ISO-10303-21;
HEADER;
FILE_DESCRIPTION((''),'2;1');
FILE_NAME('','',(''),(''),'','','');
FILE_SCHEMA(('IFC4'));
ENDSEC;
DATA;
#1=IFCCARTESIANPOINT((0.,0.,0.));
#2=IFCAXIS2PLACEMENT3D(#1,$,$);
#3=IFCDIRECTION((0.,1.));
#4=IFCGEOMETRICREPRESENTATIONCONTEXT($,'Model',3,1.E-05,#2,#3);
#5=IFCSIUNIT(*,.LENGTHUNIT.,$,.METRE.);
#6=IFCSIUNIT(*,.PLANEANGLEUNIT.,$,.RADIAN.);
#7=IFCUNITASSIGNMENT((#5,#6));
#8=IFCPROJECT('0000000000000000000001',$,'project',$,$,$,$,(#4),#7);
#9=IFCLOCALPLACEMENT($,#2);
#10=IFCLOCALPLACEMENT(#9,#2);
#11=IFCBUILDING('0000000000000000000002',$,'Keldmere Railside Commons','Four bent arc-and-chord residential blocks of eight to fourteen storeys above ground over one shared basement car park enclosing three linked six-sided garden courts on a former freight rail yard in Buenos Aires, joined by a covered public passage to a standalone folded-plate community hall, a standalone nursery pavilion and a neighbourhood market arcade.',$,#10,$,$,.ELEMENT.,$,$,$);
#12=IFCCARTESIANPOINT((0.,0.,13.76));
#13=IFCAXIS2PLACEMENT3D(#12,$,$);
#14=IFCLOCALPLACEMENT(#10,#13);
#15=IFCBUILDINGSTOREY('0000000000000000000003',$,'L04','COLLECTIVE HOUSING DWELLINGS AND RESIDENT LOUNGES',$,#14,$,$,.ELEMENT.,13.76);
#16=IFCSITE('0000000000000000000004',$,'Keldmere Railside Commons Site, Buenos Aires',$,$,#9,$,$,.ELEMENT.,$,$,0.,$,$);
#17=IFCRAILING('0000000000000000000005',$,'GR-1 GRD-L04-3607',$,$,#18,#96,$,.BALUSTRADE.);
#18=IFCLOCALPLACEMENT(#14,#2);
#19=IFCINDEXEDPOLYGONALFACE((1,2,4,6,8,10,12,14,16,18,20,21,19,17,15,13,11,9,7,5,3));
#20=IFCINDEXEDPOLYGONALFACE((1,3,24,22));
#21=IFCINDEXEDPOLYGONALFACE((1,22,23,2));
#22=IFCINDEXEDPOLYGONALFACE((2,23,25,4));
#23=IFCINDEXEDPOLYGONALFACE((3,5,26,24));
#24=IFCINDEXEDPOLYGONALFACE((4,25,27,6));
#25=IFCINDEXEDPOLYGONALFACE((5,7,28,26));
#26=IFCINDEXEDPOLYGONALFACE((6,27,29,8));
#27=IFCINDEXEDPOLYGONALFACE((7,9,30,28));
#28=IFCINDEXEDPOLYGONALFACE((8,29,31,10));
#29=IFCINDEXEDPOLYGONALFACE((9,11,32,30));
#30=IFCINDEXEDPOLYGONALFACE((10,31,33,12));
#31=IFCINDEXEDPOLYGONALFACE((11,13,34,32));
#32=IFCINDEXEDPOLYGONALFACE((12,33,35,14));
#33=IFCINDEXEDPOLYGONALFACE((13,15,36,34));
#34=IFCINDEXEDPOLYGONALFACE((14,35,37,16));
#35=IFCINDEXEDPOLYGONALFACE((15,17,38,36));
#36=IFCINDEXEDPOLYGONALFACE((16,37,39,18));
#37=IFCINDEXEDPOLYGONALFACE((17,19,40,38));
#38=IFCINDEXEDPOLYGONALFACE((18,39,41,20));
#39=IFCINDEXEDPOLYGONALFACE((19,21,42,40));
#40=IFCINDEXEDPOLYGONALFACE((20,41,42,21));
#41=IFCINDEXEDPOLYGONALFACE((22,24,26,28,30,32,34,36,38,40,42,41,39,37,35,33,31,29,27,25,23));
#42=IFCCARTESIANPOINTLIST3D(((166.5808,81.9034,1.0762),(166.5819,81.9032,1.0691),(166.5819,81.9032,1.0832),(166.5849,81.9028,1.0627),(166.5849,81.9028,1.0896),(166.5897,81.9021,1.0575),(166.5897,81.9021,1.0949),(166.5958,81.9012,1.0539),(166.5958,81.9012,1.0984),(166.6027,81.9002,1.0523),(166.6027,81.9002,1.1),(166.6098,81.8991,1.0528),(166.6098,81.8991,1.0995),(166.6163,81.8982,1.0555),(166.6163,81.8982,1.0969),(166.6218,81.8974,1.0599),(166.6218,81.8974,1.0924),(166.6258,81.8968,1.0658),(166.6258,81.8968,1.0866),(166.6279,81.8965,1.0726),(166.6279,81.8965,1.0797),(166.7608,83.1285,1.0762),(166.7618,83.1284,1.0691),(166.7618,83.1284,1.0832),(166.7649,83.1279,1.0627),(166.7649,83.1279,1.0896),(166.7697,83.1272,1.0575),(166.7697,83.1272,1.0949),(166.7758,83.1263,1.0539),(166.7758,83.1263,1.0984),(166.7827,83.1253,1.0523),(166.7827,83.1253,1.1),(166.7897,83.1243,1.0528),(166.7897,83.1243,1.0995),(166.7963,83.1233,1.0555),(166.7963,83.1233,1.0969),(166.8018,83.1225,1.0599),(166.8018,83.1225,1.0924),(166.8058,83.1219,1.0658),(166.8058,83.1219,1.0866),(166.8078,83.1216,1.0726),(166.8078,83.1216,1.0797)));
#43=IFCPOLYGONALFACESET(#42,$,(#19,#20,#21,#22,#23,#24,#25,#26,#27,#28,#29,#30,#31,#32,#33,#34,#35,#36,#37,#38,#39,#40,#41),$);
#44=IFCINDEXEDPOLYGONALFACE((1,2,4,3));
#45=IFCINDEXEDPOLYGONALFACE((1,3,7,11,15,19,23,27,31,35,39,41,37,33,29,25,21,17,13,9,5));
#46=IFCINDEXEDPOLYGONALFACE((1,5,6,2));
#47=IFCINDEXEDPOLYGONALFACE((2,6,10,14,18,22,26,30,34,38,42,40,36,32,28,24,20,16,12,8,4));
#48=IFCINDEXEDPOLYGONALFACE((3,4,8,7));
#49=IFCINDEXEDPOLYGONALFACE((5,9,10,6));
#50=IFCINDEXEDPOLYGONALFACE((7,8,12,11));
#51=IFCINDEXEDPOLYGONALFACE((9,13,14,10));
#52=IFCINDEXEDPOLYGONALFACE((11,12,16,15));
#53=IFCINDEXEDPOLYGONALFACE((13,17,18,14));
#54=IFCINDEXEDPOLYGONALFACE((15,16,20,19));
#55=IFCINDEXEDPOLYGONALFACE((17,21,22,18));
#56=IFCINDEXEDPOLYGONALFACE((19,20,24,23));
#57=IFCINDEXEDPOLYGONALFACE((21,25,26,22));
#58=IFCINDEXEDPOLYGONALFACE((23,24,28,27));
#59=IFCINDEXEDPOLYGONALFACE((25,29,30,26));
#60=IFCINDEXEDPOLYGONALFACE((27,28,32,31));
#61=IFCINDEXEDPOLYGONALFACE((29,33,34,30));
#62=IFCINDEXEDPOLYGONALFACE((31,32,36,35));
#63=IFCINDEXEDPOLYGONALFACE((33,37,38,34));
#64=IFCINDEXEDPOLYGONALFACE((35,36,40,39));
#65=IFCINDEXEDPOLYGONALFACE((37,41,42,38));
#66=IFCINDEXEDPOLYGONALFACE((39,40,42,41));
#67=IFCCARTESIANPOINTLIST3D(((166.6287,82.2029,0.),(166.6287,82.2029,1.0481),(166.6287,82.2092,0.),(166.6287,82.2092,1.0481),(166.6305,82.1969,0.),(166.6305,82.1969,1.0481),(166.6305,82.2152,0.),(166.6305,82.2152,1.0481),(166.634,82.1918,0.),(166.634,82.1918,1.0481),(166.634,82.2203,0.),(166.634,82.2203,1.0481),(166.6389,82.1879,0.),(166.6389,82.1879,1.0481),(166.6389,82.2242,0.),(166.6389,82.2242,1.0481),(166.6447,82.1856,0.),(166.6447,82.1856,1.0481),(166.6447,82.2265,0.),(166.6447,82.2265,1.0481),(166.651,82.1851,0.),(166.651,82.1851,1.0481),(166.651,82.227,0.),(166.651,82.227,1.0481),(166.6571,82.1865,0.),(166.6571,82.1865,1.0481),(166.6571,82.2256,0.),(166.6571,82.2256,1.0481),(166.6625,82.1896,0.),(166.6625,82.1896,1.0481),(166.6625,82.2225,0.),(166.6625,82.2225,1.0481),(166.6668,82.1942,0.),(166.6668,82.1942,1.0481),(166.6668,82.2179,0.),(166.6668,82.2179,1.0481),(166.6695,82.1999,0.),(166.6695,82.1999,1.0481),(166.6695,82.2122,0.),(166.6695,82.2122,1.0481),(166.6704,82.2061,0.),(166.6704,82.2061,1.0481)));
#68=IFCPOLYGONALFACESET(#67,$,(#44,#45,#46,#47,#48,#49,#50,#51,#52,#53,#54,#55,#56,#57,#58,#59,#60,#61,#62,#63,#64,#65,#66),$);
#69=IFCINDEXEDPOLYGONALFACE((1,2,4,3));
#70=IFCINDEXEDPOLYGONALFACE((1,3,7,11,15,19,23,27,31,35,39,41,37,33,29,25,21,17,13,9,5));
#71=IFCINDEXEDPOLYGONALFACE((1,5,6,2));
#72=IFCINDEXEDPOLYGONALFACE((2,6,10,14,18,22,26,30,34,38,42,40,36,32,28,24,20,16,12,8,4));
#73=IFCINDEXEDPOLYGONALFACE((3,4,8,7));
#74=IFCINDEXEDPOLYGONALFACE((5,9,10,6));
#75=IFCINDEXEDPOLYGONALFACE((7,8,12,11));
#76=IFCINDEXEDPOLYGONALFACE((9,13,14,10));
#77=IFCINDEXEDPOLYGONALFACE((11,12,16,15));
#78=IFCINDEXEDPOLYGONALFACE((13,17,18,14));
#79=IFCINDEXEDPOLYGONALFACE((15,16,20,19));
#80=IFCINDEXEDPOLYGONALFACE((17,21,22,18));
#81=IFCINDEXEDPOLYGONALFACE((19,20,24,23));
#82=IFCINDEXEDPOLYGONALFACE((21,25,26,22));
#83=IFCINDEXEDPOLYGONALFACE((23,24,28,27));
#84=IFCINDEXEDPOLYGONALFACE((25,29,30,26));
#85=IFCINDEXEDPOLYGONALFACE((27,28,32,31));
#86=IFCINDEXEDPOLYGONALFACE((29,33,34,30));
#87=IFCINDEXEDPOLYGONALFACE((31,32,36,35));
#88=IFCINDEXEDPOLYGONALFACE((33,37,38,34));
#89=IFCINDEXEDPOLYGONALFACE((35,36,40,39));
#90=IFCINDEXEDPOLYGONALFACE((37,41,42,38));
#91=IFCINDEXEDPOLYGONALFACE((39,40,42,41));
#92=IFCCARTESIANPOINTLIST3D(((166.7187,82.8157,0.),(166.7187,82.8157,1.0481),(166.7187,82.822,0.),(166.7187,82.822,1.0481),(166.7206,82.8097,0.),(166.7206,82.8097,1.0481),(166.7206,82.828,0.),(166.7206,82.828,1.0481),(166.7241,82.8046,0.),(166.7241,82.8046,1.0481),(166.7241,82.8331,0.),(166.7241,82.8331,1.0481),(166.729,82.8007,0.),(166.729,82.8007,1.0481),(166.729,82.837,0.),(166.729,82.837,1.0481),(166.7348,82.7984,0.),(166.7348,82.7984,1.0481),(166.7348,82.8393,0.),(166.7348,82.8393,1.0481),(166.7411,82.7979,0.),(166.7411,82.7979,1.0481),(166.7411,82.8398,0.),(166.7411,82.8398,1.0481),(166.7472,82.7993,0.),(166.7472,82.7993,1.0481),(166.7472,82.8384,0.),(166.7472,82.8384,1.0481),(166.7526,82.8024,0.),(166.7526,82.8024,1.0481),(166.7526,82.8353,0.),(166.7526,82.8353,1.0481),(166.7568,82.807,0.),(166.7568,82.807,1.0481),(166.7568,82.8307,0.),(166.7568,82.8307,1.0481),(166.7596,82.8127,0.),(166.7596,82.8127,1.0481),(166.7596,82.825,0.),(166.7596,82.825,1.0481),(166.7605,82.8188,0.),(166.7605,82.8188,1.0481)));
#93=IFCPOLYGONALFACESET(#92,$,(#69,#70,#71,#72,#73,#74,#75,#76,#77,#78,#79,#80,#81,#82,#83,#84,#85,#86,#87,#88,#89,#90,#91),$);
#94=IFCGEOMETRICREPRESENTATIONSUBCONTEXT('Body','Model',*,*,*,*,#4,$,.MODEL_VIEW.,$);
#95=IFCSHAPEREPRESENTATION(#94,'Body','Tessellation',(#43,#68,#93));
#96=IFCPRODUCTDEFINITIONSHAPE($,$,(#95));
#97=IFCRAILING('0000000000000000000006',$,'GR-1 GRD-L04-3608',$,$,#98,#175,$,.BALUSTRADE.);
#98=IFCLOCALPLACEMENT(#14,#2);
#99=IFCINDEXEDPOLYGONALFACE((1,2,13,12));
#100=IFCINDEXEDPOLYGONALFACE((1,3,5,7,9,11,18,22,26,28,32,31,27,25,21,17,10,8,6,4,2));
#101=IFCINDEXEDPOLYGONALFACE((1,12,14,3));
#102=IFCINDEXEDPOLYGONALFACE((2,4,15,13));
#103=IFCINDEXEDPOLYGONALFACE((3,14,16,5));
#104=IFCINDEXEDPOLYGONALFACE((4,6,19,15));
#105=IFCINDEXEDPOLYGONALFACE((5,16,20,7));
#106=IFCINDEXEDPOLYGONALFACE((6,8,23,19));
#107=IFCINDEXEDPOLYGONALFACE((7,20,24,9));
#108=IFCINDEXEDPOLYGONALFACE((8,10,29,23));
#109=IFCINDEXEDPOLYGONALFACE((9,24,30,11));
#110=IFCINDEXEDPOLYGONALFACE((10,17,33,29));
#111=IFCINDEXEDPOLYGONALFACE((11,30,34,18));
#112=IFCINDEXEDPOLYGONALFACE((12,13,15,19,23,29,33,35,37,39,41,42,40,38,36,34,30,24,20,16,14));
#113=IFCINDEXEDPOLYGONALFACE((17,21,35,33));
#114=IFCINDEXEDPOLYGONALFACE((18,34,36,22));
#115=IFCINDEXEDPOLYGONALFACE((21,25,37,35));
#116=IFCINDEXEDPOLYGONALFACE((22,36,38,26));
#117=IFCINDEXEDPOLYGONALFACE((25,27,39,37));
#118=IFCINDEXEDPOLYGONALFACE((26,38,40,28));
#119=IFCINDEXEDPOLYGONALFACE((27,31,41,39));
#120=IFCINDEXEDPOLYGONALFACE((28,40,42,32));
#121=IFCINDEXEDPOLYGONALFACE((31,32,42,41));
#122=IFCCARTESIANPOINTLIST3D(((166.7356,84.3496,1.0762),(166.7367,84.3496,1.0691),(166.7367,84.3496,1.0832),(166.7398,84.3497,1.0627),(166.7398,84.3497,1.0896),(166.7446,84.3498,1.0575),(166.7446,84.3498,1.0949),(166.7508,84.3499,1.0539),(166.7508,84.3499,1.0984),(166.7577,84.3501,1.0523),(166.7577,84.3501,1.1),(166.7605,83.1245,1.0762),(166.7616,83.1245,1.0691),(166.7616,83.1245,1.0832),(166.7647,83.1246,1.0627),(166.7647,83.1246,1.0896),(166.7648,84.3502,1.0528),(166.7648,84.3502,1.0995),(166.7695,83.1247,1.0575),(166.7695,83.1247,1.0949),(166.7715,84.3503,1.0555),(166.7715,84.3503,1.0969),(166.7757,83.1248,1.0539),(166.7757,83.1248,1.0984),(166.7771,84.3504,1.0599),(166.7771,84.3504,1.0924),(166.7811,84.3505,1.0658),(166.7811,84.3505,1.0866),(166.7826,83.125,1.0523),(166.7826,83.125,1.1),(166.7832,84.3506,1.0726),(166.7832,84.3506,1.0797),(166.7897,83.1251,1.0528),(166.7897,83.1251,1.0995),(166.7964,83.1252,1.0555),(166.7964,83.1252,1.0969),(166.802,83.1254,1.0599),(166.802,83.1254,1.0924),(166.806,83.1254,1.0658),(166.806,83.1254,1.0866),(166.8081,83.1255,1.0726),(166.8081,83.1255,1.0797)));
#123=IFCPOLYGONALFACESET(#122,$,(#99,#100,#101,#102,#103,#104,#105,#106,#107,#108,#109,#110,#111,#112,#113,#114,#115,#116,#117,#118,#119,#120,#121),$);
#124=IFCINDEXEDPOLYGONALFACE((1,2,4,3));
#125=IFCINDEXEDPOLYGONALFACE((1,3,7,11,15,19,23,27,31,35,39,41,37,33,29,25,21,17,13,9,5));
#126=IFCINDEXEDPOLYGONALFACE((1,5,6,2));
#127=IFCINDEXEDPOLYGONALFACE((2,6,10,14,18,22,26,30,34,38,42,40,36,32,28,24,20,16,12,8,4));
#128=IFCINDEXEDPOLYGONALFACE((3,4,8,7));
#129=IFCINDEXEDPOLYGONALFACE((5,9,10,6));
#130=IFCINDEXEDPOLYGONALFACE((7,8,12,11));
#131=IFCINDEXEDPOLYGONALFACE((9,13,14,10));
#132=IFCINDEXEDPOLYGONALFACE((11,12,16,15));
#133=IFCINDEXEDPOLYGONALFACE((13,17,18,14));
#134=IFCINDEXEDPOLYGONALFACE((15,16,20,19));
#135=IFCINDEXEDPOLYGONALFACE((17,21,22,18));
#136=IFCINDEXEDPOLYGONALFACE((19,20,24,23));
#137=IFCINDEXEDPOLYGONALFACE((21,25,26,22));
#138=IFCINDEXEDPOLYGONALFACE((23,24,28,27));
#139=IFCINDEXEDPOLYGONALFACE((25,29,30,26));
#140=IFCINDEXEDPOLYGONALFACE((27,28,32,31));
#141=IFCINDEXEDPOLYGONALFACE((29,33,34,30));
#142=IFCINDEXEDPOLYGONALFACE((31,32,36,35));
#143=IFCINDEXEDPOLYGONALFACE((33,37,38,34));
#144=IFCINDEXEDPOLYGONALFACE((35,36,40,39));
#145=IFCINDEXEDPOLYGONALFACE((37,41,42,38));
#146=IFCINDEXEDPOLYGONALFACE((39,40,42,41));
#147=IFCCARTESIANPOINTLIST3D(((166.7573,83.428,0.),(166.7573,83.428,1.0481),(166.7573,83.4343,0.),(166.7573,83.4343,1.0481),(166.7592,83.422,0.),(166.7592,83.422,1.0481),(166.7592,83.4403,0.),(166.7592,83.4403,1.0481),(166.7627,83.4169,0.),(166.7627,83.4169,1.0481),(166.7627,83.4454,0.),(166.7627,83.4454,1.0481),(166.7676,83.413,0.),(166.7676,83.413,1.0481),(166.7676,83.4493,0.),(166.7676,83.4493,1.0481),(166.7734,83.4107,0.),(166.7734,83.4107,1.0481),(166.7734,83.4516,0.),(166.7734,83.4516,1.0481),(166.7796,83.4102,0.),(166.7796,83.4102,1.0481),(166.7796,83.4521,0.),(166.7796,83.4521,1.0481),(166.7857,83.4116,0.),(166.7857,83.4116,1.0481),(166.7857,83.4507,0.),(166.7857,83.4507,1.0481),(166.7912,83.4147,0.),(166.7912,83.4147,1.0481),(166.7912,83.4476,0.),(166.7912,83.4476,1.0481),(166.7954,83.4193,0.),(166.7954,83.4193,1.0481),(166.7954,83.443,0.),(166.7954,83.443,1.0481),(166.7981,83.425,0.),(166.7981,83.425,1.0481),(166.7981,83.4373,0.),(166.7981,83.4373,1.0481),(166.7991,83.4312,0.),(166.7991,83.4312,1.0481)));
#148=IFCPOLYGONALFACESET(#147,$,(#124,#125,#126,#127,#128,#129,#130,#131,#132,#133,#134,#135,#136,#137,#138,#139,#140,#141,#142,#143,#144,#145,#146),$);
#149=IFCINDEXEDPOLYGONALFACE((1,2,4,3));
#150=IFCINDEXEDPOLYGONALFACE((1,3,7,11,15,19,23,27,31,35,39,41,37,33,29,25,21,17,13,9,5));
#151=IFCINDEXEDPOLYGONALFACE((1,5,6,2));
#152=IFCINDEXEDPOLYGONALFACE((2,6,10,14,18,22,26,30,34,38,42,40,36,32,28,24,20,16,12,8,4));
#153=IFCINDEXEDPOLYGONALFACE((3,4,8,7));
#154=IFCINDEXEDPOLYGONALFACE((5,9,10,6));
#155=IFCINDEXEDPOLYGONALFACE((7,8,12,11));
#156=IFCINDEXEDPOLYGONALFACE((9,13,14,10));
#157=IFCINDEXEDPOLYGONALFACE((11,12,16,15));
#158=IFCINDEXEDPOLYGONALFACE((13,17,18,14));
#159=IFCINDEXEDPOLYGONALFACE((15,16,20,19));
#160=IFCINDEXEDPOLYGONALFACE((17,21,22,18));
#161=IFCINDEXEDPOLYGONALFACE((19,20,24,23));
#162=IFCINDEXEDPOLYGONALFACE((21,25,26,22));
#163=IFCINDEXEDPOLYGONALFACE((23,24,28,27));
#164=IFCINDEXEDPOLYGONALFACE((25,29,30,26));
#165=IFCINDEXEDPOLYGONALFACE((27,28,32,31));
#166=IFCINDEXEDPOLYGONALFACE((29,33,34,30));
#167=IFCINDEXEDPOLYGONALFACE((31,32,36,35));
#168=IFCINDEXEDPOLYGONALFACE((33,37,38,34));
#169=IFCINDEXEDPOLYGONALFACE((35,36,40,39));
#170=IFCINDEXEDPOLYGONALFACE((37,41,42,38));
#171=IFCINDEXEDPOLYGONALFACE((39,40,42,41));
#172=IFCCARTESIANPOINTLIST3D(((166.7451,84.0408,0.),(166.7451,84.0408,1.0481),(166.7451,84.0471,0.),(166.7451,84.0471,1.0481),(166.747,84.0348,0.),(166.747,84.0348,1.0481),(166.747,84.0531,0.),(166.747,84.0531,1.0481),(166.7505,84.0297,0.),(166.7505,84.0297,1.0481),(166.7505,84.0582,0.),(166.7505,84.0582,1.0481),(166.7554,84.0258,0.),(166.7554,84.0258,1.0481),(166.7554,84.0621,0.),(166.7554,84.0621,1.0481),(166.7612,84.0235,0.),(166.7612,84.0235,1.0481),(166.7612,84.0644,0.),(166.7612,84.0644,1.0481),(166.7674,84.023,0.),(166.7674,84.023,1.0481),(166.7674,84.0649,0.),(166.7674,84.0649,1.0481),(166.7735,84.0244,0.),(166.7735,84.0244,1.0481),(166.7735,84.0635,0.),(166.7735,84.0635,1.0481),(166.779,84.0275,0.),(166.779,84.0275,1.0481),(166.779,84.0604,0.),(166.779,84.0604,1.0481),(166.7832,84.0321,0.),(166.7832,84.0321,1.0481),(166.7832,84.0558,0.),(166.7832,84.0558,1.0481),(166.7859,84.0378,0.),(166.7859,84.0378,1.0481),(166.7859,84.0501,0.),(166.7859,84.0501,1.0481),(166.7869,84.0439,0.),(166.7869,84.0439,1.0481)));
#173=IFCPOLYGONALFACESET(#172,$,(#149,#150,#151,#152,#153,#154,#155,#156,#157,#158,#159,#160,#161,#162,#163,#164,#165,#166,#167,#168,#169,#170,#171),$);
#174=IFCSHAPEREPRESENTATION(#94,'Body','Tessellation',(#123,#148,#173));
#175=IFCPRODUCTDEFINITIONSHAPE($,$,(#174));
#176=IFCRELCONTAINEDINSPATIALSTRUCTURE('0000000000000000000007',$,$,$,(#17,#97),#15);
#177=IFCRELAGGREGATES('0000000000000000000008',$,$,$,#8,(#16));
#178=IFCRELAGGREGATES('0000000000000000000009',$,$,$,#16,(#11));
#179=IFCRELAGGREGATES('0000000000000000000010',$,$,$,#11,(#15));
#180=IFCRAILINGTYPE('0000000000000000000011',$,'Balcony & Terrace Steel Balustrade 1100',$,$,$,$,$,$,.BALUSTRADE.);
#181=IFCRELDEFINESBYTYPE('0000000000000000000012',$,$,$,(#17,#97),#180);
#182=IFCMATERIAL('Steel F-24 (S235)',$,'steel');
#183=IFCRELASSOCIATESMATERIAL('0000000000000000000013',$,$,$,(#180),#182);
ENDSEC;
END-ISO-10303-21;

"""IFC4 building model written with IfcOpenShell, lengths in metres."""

from ifc_helpers import new_model, si_unit, direction, frame, origin, origin_2d, place, context, subcontext, project, spatial, circle, extrude, material, type_object, element, save


model = new_model("IFC4")

# Units and contexts
model_context = context("Model", 3, precision=1e-05, world=origin(), true_north=direction((0.0, 1.0)))
body_context = subcontext(model_context, "Body", "Model", "MODEL_VIEW")
ifc_project = project(units=[si_unit("LENGTHUNIT", "METRE"), si_unit("PLANEANGLEUNIT", "RADIAN")], contexts=[model_context])

# Site, building, storey
site_placement = place(None, origin())
site = spatial("IfcSite", under=ifc_project, at=site_placement, Name="Keldmere Railside Commons Site, Buenos Aires", CompositionType="ELEMENT", RefElevation=0.0)
building_placement = place(site_placement, origin())
building = spatial("IfcBuilding", under=site, at=building_placement, Name="Keldmere Railside Commons", Description="Four bent arc-and-chord residential blocks of eight to fourteen storeys above ground over one shared basement car park enclosing three linked six-sided garden courts on a former freight rail yard in Buenos Aires, joined by a covered public passage to a standalone folded-plate community hall, a standalone nursery pavilion and a neighbourhood market arcade.", CompositionType="ELEMENT")
storey_placement = place(building_placement, frame((0.0, 0.0, 13.76)))
storey = spatial("IfcBuildingStorey", under=building, at=storey_placement, Name="L04", Description="COLLECTIVE HOUSING DWELLINGS AND RESIDENT LOUNGES", CompositionType="ELEMENT", Elevation=13.76)

# Railings
ifc_material_1 = material(Name="Steel F-24 (S235)", Category="steel")
railing_type = type_object("IfcRailingType", Name="Balcony & Terrace Steel Balustrade 1100", PredefinedType="BALUSTRADE", material=ifc_material_1)
railing_1_placement = place(storey_placement, frame((166.6045, 81.8999, 0.0)))
element("IfcRailing", 1, at=railing_1_placement, inside=storey, type_object=railing_type, Name="GR-1 GRD-L04-3607", PredefinedType="BALUSTRADE", context=body_context, shape_type="SweptSolid", body=[
    extrude(circle(Radius=0.0239, at=origin_2d()), frame((0.0, 0.0, 1.0762), z_axis=(0.145312, 0.989386, 0.0), x_axis=(-0.989386, 0.145312, 0.0)), (0.0, 0.0, 1.0), 1.2383),
    extrude(circle(Radius=0.021, at=origin_2d()), frame((0.0449, 0.3062, 0.0)), (0.0, 0.0, 1.0), 1.0481),
    extrude(circle(Radius=0.021, at=origin_2d()), frame((0.135, 0.9189, 0.0)), (0.0, 0.0, 1.0), 1.0481),
])
railing_2_placement = place(storey_placement, frame((166.7844, 83.125, 0.0)))
element("IfcRailing", 2, at=railing_2_placement, inside=storey, type_object=railing_type, Name="GR-1 GRD-L04-3608", PredefinedType="BALUSTRADE", context=body_context, shape_type="SweptSolid", body=[
    extrude(circle(Radius=0.0239, at=origin_2d()), frame((0.0, 0.0, 1.0762), z_axis=(-0.020323, 0.999793, 0.0), x_axis=(-0.999793, -0.020323, 0.0)), (0.0, 0.0, 1.0), 1.2253),
    extrude(circle(Radius=0.021, at=origin_2d()), frame((-0.0063, 0.3062, 0.0)), (0.0, 0.0, 1.0), 1.0481),
    extrude(circle(Radius=0.021, at=origin_2d()), frame((-0.0186, 0.9189, 0.0)), (0.0, 0.0, 1.0), 1.0481),
])

save(model, "model.ifc")
